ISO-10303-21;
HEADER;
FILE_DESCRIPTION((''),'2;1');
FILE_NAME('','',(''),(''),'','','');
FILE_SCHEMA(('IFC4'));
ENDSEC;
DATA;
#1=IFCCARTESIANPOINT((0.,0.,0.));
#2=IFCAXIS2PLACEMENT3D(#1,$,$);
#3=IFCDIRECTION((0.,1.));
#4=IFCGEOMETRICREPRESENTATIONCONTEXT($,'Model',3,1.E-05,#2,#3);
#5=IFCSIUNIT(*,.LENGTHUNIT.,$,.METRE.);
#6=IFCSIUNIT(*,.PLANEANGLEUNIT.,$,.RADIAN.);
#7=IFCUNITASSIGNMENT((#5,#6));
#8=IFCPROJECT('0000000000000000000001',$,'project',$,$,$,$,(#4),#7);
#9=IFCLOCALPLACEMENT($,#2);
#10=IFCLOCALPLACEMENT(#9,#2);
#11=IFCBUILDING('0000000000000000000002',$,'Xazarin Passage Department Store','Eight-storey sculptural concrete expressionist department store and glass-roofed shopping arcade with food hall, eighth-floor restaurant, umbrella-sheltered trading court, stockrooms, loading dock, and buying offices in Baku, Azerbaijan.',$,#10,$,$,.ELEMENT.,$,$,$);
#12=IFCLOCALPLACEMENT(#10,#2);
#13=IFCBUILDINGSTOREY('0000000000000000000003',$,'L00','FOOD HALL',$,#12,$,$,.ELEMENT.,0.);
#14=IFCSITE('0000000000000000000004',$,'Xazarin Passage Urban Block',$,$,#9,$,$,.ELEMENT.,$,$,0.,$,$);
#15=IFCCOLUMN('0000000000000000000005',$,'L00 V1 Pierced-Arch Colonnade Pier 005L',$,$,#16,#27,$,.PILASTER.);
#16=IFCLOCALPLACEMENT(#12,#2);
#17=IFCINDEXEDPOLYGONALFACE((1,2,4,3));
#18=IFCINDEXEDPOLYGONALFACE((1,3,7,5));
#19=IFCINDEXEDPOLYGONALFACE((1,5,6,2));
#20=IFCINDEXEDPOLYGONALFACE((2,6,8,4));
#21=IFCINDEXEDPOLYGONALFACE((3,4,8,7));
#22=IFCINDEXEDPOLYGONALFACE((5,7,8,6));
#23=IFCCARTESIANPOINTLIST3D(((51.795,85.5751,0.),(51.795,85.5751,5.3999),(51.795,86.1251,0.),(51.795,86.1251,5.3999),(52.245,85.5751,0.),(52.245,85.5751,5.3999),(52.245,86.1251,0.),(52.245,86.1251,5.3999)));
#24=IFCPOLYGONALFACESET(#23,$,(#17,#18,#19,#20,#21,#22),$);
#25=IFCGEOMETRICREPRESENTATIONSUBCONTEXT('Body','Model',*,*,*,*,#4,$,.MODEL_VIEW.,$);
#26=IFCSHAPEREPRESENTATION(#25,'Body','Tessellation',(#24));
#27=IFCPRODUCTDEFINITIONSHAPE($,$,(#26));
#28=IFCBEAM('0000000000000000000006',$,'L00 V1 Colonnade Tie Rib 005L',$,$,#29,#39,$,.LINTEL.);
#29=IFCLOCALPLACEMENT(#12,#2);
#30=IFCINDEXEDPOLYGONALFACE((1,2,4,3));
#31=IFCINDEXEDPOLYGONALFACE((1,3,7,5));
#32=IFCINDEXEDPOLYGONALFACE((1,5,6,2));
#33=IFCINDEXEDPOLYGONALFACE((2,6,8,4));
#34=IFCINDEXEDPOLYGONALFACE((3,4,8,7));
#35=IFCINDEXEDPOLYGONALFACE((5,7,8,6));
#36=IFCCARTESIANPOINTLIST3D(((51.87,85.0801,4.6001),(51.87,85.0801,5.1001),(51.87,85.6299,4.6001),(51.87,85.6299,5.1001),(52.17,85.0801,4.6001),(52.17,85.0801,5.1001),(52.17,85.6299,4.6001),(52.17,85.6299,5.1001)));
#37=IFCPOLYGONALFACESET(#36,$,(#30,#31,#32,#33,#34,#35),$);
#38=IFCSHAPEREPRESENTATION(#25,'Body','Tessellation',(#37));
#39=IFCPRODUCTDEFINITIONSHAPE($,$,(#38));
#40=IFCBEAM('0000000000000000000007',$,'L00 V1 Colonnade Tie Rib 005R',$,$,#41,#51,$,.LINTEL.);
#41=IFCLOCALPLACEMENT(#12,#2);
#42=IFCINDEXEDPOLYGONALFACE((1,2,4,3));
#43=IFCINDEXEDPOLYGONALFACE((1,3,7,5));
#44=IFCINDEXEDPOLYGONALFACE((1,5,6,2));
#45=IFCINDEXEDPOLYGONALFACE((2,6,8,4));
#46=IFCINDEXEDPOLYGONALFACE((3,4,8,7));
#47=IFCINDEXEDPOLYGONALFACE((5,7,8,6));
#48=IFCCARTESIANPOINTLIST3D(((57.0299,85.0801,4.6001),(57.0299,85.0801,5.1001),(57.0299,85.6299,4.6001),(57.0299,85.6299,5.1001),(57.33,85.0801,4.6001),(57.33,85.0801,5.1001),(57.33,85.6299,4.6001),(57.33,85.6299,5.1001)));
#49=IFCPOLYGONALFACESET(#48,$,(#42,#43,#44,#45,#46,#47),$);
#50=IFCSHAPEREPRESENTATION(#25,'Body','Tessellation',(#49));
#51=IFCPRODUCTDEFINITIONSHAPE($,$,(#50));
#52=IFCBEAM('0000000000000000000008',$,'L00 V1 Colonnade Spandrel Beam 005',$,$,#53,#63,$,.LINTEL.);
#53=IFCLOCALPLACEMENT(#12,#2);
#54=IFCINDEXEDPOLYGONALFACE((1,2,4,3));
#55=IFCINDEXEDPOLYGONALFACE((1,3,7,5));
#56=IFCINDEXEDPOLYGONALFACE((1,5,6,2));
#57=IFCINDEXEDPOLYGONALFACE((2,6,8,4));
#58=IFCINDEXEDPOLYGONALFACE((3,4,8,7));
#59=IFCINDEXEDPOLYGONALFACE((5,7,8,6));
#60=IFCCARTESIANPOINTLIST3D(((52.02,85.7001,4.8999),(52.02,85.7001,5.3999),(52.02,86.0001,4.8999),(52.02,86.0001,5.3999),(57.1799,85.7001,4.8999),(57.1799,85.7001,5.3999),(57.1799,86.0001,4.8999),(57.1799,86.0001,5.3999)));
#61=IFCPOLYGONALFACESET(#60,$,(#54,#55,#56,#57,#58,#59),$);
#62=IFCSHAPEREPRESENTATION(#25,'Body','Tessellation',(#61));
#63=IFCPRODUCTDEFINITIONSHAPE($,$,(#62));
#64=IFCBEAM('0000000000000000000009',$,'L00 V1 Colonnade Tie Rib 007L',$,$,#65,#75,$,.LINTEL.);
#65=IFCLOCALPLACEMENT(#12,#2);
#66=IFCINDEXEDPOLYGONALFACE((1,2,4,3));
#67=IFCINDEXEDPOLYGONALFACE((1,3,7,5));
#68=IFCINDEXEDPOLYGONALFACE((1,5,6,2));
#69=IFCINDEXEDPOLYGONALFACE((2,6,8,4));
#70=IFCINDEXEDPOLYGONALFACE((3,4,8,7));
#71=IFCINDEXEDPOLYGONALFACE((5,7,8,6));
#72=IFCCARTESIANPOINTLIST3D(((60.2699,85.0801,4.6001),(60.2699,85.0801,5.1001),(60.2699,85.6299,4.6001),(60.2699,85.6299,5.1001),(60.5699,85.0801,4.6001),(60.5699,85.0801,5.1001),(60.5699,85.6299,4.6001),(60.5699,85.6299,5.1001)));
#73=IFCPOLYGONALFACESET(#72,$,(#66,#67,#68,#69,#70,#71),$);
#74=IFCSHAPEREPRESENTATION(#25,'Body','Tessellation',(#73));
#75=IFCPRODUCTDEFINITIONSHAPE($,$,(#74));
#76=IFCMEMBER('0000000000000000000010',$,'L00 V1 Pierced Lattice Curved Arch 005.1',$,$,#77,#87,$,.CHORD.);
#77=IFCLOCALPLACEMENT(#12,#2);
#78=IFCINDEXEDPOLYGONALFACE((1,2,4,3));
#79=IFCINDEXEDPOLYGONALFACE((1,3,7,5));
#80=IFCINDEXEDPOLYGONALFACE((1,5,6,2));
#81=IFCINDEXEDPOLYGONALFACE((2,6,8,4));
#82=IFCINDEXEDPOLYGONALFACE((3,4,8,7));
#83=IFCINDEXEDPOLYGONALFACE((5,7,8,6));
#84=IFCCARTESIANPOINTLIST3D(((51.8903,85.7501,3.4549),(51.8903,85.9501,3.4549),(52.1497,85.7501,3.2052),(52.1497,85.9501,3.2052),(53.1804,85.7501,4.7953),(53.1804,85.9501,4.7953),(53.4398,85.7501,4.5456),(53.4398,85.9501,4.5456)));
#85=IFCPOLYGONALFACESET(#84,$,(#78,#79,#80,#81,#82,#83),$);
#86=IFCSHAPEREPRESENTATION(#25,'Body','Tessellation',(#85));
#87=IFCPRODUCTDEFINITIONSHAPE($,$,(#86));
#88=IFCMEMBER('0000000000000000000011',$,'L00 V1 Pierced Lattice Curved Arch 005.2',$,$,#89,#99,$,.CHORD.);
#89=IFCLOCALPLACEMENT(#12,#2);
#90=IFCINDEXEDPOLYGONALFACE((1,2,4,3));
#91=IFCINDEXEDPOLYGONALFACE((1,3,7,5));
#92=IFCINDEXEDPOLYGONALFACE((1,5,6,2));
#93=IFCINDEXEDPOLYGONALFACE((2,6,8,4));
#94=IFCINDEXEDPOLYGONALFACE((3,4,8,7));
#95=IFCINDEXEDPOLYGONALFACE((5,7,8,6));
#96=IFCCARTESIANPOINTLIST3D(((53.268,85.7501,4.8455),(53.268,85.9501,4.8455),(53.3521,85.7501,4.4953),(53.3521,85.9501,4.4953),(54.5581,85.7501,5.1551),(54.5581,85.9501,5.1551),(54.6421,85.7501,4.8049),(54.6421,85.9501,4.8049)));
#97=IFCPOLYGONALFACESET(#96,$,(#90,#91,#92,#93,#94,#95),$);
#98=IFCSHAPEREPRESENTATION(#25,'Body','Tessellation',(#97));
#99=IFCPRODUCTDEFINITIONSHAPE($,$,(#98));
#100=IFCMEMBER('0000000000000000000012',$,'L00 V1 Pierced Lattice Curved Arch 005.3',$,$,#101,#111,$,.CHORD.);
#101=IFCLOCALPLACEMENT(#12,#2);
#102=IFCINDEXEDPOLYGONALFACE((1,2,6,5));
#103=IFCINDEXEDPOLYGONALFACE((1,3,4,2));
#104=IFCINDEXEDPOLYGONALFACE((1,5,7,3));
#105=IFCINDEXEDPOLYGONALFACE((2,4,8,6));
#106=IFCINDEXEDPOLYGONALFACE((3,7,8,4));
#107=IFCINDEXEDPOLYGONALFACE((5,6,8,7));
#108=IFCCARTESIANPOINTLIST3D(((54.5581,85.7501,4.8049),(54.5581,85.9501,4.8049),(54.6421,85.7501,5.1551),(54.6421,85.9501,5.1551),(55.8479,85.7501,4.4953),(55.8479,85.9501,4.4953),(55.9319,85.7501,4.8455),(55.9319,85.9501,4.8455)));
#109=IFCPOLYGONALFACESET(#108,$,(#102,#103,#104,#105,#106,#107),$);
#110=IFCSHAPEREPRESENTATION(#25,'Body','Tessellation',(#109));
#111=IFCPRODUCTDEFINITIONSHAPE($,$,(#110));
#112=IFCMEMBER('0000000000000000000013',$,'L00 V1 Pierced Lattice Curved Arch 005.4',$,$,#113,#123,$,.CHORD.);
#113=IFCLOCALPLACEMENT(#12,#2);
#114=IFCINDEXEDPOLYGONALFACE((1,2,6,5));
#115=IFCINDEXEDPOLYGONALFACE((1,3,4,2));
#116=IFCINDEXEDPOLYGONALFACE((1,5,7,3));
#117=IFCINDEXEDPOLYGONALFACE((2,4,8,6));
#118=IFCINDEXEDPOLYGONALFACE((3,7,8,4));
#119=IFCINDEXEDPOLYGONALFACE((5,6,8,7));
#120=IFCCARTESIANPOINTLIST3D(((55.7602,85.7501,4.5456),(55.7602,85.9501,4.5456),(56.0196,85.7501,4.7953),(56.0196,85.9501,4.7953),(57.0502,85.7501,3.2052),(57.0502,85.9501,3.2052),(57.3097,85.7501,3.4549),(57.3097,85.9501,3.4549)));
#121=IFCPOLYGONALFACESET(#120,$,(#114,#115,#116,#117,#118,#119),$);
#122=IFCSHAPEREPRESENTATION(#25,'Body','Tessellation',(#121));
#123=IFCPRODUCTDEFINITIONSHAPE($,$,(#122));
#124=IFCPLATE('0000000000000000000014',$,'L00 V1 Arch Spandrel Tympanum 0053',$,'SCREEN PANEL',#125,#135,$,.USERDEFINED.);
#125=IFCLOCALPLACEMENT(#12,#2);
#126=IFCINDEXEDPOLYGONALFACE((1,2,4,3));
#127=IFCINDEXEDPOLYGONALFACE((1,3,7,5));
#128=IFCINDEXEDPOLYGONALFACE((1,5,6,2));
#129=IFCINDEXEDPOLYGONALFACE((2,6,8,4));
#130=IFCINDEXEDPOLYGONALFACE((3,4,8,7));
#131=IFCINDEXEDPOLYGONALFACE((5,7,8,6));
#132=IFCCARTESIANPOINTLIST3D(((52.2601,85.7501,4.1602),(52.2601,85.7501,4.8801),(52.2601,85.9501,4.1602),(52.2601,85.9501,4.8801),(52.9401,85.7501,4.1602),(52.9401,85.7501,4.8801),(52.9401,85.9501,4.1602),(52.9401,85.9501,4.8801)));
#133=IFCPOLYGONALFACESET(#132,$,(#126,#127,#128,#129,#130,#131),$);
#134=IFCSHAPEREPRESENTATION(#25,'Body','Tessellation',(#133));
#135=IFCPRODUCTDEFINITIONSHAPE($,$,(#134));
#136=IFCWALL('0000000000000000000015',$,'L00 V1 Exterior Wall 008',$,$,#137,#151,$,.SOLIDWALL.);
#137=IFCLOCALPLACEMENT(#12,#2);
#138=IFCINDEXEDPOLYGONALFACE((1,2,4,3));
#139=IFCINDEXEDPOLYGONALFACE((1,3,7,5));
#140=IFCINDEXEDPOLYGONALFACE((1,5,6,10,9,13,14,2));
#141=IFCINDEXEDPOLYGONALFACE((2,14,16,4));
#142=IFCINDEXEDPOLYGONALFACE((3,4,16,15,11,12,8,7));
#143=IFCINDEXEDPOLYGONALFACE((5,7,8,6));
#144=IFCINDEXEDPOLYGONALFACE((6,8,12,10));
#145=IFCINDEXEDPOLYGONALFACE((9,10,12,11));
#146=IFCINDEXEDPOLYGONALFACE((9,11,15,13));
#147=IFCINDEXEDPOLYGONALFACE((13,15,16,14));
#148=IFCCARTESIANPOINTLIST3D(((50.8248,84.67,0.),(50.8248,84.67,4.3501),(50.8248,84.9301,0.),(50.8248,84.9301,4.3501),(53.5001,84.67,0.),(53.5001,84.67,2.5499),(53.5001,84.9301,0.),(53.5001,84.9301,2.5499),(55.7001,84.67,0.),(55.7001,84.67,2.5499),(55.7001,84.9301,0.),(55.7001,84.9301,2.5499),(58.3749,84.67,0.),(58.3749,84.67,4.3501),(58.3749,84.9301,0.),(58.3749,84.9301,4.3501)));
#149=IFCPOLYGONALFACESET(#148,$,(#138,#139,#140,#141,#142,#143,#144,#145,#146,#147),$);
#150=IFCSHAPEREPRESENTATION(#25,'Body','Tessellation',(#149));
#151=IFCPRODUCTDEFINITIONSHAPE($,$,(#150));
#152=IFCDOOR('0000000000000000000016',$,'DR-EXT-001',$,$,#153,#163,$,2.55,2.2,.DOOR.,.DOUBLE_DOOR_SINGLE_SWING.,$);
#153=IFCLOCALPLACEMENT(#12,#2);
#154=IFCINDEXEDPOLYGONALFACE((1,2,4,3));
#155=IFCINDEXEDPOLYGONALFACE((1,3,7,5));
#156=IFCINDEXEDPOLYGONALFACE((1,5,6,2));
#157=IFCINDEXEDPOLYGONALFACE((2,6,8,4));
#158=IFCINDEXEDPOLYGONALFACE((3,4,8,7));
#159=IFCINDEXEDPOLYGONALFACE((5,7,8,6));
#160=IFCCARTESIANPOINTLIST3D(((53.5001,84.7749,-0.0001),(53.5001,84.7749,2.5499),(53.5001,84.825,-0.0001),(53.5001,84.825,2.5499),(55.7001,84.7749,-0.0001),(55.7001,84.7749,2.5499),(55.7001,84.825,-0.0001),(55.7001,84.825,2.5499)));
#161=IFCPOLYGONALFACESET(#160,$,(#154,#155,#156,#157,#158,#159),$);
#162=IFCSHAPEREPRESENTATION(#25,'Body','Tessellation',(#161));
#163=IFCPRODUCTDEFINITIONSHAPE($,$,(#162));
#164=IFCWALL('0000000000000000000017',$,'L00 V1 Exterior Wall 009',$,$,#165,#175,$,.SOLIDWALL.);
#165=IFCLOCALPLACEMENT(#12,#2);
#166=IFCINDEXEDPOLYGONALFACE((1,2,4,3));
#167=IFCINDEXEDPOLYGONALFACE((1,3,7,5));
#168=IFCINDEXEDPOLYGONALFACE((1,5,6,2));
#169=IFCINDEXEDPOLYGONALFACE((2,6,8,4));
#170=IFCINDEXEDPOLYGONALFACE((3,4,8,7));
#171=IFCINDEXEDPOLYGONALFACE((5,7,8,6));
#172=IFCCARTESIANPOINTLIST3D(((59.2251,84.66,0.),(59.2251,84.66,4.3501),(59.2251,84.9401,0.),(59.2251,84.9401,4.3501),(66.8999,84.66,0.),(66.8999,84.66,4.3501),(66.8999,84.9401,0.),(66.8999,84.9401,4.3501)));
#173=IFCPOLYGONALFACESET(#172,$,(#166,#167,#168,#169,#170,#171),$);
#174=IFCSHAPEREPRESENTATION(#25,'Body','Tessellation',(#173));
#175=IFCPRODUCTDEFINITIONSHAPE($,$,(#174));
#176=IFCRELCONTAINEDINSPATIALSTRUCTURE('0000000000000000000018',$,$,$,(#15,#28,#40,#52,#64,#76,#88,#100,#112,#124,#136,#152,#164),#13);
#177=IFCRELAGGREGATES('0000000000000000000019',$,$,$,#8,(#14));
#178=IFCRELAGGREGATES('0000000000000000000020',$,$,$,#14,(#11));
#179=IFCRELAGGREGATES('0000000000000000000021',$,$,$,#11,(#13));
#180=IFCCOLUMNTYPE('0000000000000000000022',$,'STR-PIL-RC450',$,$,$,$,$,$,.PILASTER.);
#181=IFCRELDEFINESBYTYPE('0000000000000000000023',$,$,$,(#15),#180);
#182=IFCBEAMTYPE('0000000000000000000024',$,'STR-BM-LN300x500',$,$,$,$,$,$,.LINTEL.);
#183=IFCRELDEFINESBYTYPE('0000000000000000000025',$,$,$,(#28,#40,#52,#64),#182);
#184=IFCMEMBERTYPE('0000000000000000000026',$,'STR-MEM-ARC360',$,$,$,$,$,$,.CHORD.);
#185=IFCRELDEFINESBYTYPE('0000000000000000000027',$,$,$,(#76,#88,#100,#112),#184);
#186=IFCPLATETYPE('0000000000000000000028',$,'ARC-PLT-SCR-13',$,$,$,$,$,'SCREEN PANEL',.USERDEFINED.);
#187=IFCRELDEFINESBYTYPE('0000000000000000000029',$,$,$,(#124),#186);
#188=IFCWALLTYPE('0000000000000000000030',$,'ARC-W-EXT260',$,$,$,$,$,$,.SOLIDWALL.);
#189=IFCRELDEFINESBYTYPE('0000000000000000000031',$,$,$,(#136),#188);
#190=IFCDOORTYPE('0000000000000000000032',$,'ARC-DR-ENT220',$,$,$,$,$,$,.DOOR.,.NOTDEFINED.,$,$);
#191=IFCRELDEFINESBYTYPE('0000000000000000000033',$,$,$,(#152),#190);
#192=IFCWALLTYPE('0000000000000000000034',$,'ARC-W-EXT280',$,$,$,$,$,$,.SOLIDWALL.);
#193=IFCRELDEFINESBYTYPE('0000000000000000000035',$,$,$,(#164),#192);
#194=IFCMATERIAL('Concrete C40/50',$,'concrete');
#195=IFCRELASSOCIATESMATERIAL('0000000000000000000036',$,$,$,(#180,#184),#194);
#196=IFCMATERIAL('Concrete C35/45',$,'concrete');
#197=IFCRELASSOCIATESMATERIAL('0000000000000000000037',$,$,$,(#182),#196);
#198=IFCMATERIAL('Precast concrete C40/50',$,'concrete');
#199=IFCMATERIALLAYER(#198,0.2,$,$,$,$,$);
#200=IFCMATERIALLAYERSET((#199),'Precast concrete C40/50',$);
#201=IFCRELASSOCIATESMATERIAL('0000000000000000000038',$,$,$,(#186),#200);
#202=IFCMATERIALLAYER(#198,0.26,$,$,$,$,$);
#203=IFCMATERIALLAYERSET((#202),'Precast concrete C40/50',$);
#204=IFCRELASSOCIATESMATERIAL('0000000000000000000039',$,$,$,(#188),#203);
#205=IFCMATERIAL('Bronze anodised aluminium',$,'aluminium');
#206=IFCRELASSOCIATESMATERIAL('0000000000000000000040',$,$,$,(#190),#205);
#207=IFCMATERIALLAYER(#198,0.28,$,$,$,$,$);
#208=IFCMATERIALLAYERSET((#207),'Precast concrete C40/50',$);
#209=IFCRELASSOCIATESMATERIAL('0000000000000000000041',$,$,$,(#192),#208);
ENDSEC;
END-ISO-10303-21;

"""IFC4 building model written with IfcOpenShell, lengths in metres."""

from ifc_helpers import new_model, si_unit, direction, frame, frame_2d, origin, origin_2d, place, context, subcontext, project, spatial, rectangle, extrude, material, layer, layer_set, material_profile, profile_set, type_object, element, fill, save


model = new_model("IFC4")

# Units and contexts
model_context = context("Model", 3, precision=1e-05, world=origin(), true_north=direction((0.0, 1.0)))
body_context = subcontext(model_context, "Body", "Model", "MODEL_VIEW")
ifc_project = project(units=[si_unit("LENGTHUNIT", "METRE"), si_unit("PLANEANGLEUNIT", "RADIAN")], contexts=[model_context])

# Site, building, storey
site_placement = place(None, origin())
site = spatial("IfcSite", under=ifc_project, at=site_placement, Name="Xazarin Passage Urban Block", CompositionType="ELEMENT", RefElevation=0.0)
building_placement = place(site_placement, origin())
building = spatial("IfcBuilding", under=site, at=building_placement, Name="Xazarin Passage Department Store", Description="Eight-storey sculptural concrete expressionist department store and glass-roofed shopping arcade with food hall, eighth-floor restaurant, umbrella-sheltered trading court, stockrooms, loading dock, and buying offices in Baku, Azerbaijan.", CompositionType="ELEMENT")
storey_placement = place(building_placement, origin())
storey = spatial("IfcBuildingStorey", under=building, at=storey_placement, Name="L00", Description="FOOD HALL", CompositionType="ELEMENT", Elevation=0.0)

# Shared definitions
ifc_material_1 = material(Name="Concrete C35/45", Category="concrete")

# Column
ifc_material_2 = material(Name="Concrete C40/50", Category="concrete")
ifc_material_profile_1 = material_profile(ifc_material_2, rectangle(XDim=0.45, YDim=0.55, at=origin_2d()), Name="RC 450x550")
ifc_profile_set_1 = profile_set([ifc_material_profile_1], Name="Concrete C40/50")
column_type_1 = type_object("IfcColumnType", Name="STR-PIL-RC450", PredefinedType="PILASTER", material=ifc_profile_set_1)
column_placement = place(storey_placement, frame((52.02, 85.8501, 0.0), z_axis=(0.0, 0.0, 1.0), x_axis=(1.0, 0.0, 0.0)))
element("IfcColumn", 1, at=column_placement, inside=storey, type_object=column_type_1, Name="L00 V1 Pierced-Arch Colonnade Pier 005L", PredefinedType="PILASTER", context=body_context, shape_type="SweptSolid", body=[
    extrude(rectangle(XDim=0.45, YDim=0.55, at=origin_2d()), origin(), (0.0, 0.0, 1.0), 5.3999),
])

# Beams
ifc_material_profile_2 = material_profile(ifc_material_1, rectangle(XDim=0.3, YDim=0.5, at=origin_2d()), Name="RC 300x500")
ifc_profile_set_2 = profile_set([ifc_material_profile_2], Name="Concrete C35/45")
beam_type = type_object("IfcBeamType", Name="STR-BM-LN300x500", PredefinedType="LINTEL", material=ifc_profile_set_2)
for number, where, z_axis, x_axis, name in (
    (2, (52.02, 85.0801, 4.8501), (0.0, 1.0, 0.0), (-1.0, 0.0, 0.0), "L00 V1 Colonnade Tie Rib 005L"),
    (3, (57.1799, 85.0801, 4.8501), (0.0, 1.0, 0.0), (-1.0, 0.0, 0.0), "L00 V1 Colonnade Tie Rib 005R"),
):
    element("IfcBeam", number, at=place(storey_placement, frame(where, z_axis=z_axis, x_axis=x_axis)), inside=storey, type_object=beam_type, Name=name, PredefinedType="LINTEL", context=body_context, shape_type="SweptSolid", body=[
        extrude(rectangle(XDim=0.3, YDim=0.5, at=origin_2d()), origin(), (0.0, 0.0, 1.0), 0.5498),
    ])
beam_1_placement = place(storey_placement, frame((52.02, 85.8501, 5.1499), z_axis=(1.0, 0.0, 0.0), x_axis=(0.0, 1.0, 0.0)))
element("IfcBeam", 4, at=beam_1_placement, inside=storey, type_object=beam_type, Name="L00 V1 Colonnade Spandrel Beam 005", PredefinedType="LINTEL", context=body_context, shape_type="SweptSolid", body=[
    extrude(rectangle(XDim=0.3, YDim=0.5, at=origin_2d()), origin(), (0.0, 0.0, 1.0), 5.1599),
])
beam_2_placement = place(storey_placement, frame((60.4199, 85.0801, 4.8501), z_axis=(0.0, 1.0, 0.0), x_axis=(-1.0, 0.0, 0.0)))
element("IfcBeam", 5, at=beam_2_placement, inside=storey, type_object=beam_type, Name="L00 V1 Colonnade Tie Rib 007L", PredefinedType="LINTEL", context=body_context, shape_type="SweptSolid", body=[
    extrude(rectangle(XDim=0.3, YDim=0.5, at=origin_2d()), origin(), (0.0, 0.0, 1.0), 0.5498),
])

# Members
ifc_material_profile_3 = material_profile(ifc_material_2, rectangle(XDim=0.2, YDim=0.3601, at=origin_2d()), Name="RC 200x360")
ifc_profile_set_3 = profile_set([ifc_material_profile_3], Name="Concrete C40/50")
member_type = type_object("IfcMemberType", Name="STR-MEM-ARC360", PredefinedType="CHORD", material=ifc_profile_set_3)
member_1_placement = place(storey_placement, frame((52.02, 85.8501, 3.3301), z_axis=(0.69346, 0.0, 0.720495), x_axis=(0.0, 1.0, 0.0)))
element("IfcMember", 6, at=member_1_placement, inside=storey, type_object=member_type, Name="L00 V1 Pierced Lattice Curved Arch 005.1", PredefinedType="CHORD", context=body_context, shape_type="SweptSolid", body=[
    extrude(rectangle(XDim=0.2, YDim=0.3601, at=origin_2d()), origin(), (0.0, 0.0, 1.0), 1.8604),
])
member_2_placement = place(storey_placement, frame((53.3101, 85.8501, 4.6704), z_axis=(0.972394, 0.0, 0.233345), x_axis=(0.0, 1.0, 0.0)))
element("IfcMember", 7, at=member_2_placement, inside=storey, type_object=member_type, Name="L00 V1 Pierced Lattice Curved Arch 005.2", PredefinedType="CHORD", context=body_context, shape_type="SweptSolid", body=[
    extrude(rectangle(XDim=0.2, YDim=0.3601, at=origin_2d()), origin(), (0.0, 0.0, 1.0), 1.3267),
])
member_3_placement = place(storey_placement, frame((54.6001, 85.8501, 4.98), z_axis=(0.972384, 0.0, -0.233387), x_axis=(0.0, 1.0, 0.0)))
element("IfcMember", 8, at=member_3_placement, inside=storey, type_object=member_type, Name="L00 V1 Pierced Lattice Curved Arch 005.3", PredefinedType="CHORD", context=body_context, shape_type="SweptSolid", body=[
    extrude(rectangle(XDim=0.2, YDim=0.3601, at=origin_2d()), origin(), (0.0, 0.0, 1.0), 1.3264),
])
member_4_placement = place(storey_placement, frame((55.8899, 85.8501, 4.6704), z_axis=(0.69346, 0.0, -0.720495), x_axis=(0.0, 1.0, 0.0)))
element("IfcMember", 9, at=member_4_placement, inside=storey, type_object=member_type, Name="L00 V1 Pierced Lattice Curved Arch 005.4", PredefinedType="CHORD", context=body_context, shape_type="SweptSolid", body=[
    extrude(rectangle(XDim=0.2, YDim=0.3601, at=origin_2d()), origin(), (0.0, 0.0, 1.0), 1.8604),
])

# Plate
ifc_material_3 = material(Name="Precast concrete C40/50", Category="concrete")
ifc_layer_1 = layer(ifc_material_3, 0.2)
ifc_layer_set_1 = layer_set([ifc_layer_1], Name="Precast concrete C40/50")
plate_type = type_object("IfcPlateType", Name="ARC-PLT-SCR-13", ElementType="SCREEN PANEL", PredefinedType="USERDEFINED", material=ifc_layer_set_1)
plate_placement = place(storey_placement, frame((52.6001, 85.8501, 4.1602), z_axis=(0.0, 0.0, 1.0), x_axis=(1.0, 0.0, 0.0)))
element("IfcPlate", 10, at=plate_placement, inside=storey, type_object=plate_type, Name="L00 V1 Arch Spandrel Tympanum 0053", ObjectType="SCREEN PANEL", PredefinedType="USERDEFINED", context=body_context, shape_type="SweptSolid", body=[
    extrude(rectangle(XDim=0.6799, YDim=0.2, at=origin_2d()), origin(), (0.0, 0.0, 1.0), 0.72),
])

# Wall, opening, door
ifc_layer_2 = layer(ifc_material_3, 0.26)
ifc_layer_set_2 = layer_set([ifc_layer_2], Name="Precast concrete C40/50")
wall_type_1 = type_object("IfcWallType", Name="ARC-W-EXT260", PredefinedType="SOLIDWALL", material=ifc_layer_set_2)
wall_1_placement = place(storey_placement, frame((50.825, 84.8, 0.0), z_axis=(0.0, 0.0, 1.0), x_axis=(1.0, 0.0, 0.0)))
wall_1 = element("IfcWall", 11, at=wall_1_placement, inside=storey, type_object=wall_type_1, Name="L00 V1 Exterior Wall 008", PredefinedType="SOLIDWALL", context=body_context, shape_type="SweptSolid", body=[
    extrude(rectangle(XDim=7.55, YDim=0.26, at=frame_2d((3.7749, 0.0))), origin(), (0.0, 0.0, 1.0), 4.3501),
])
opening_placement = place(wall_1_placement, frame((2.675, 0.0, 0.0)))
opening = element("IfcOpeningElement", 12, at=opening_placement, cuts=wall_1, PredefinedType="OPENING", context=body_context, shape_type="SweptSolid", body=[
    extrude(rectangle(XDim=2.2, YDim=2.55, at=frame_2d((1.1001, 1.2749))), frame((0.0, 0.1399, 0.0), z_axis=(0.0, -1.0, 0.0), x_axis=(1.0, 0.0, 0.0)), (0.0, 0.0, 1.0), 0.28),
])
ifc_material_4 = material(Name="Bronze anodised aluminium", Category="aluminium")
door_type = type_object("IfcDoorType", Name="ARC-DR-ENT220", OperationType="NOTDEFINED", PredefinedType="DOOR", material=ifc_material_4)
door_placement = place(opening_placement, origin())
door = element("IfcDoor", 13, at=door_placement, inside=storey, type_object=door_type, Name="DR-EXT-001", OperationType="DOUBLE_DOOR_SINGLE_SWING", OverallHeight=2.55, OverallWidth=2.2, PredefinedType="DOOR", context=body_context, shape_type="SweptSolid", body=[
    extrude(rectangle(XDim=2.2, YDim=2.55, at=frame_2d((1.1001, 1.2749))), frame((0.0, 0.0249, 0.0), z_axis=(0.0, -1.0, 0.0), x_axis=(1.0, 0.0, 0.0)), (0.0, 0.0, 1.0), 0.05),
])
fill(opening, door)

# Wall
ifc_layer_3 = layer(ifc_material_3, 0.28)
ifc_layer_set_3 = layer_set([ifc_layer_3], Name="Precast concrete C40/50")
wall_type_2 = type_object("IfcWallType", Name="ARC-W-EXT280", PredefinedType="SOLIDWALL", material=ifc_layer_set_3)
wall_2_placement = place(storey_placement, frame((59.2251, 84.8, 0.0), z_axis=(0.0, 0.0, 1.0), x_axis=(1.0, 0.0, 0.0)))
element("IfcWall", 14, at=wall_2_placement, inside=storey, type_object=wall_type_2, Name="L00 V1 Exterior Wall 009", PredefinedType="SOLIDWALL", context=body_context, shape_type="SweptSolid", body=[
    extrude(rectangle(XDim=7.6748, YDim=0.28, at=frame_2d((3.8374, 0.0))), origin(), (0.0, 0.0, 1.0), 4.3501),
])

save(model, "model.ifc")
